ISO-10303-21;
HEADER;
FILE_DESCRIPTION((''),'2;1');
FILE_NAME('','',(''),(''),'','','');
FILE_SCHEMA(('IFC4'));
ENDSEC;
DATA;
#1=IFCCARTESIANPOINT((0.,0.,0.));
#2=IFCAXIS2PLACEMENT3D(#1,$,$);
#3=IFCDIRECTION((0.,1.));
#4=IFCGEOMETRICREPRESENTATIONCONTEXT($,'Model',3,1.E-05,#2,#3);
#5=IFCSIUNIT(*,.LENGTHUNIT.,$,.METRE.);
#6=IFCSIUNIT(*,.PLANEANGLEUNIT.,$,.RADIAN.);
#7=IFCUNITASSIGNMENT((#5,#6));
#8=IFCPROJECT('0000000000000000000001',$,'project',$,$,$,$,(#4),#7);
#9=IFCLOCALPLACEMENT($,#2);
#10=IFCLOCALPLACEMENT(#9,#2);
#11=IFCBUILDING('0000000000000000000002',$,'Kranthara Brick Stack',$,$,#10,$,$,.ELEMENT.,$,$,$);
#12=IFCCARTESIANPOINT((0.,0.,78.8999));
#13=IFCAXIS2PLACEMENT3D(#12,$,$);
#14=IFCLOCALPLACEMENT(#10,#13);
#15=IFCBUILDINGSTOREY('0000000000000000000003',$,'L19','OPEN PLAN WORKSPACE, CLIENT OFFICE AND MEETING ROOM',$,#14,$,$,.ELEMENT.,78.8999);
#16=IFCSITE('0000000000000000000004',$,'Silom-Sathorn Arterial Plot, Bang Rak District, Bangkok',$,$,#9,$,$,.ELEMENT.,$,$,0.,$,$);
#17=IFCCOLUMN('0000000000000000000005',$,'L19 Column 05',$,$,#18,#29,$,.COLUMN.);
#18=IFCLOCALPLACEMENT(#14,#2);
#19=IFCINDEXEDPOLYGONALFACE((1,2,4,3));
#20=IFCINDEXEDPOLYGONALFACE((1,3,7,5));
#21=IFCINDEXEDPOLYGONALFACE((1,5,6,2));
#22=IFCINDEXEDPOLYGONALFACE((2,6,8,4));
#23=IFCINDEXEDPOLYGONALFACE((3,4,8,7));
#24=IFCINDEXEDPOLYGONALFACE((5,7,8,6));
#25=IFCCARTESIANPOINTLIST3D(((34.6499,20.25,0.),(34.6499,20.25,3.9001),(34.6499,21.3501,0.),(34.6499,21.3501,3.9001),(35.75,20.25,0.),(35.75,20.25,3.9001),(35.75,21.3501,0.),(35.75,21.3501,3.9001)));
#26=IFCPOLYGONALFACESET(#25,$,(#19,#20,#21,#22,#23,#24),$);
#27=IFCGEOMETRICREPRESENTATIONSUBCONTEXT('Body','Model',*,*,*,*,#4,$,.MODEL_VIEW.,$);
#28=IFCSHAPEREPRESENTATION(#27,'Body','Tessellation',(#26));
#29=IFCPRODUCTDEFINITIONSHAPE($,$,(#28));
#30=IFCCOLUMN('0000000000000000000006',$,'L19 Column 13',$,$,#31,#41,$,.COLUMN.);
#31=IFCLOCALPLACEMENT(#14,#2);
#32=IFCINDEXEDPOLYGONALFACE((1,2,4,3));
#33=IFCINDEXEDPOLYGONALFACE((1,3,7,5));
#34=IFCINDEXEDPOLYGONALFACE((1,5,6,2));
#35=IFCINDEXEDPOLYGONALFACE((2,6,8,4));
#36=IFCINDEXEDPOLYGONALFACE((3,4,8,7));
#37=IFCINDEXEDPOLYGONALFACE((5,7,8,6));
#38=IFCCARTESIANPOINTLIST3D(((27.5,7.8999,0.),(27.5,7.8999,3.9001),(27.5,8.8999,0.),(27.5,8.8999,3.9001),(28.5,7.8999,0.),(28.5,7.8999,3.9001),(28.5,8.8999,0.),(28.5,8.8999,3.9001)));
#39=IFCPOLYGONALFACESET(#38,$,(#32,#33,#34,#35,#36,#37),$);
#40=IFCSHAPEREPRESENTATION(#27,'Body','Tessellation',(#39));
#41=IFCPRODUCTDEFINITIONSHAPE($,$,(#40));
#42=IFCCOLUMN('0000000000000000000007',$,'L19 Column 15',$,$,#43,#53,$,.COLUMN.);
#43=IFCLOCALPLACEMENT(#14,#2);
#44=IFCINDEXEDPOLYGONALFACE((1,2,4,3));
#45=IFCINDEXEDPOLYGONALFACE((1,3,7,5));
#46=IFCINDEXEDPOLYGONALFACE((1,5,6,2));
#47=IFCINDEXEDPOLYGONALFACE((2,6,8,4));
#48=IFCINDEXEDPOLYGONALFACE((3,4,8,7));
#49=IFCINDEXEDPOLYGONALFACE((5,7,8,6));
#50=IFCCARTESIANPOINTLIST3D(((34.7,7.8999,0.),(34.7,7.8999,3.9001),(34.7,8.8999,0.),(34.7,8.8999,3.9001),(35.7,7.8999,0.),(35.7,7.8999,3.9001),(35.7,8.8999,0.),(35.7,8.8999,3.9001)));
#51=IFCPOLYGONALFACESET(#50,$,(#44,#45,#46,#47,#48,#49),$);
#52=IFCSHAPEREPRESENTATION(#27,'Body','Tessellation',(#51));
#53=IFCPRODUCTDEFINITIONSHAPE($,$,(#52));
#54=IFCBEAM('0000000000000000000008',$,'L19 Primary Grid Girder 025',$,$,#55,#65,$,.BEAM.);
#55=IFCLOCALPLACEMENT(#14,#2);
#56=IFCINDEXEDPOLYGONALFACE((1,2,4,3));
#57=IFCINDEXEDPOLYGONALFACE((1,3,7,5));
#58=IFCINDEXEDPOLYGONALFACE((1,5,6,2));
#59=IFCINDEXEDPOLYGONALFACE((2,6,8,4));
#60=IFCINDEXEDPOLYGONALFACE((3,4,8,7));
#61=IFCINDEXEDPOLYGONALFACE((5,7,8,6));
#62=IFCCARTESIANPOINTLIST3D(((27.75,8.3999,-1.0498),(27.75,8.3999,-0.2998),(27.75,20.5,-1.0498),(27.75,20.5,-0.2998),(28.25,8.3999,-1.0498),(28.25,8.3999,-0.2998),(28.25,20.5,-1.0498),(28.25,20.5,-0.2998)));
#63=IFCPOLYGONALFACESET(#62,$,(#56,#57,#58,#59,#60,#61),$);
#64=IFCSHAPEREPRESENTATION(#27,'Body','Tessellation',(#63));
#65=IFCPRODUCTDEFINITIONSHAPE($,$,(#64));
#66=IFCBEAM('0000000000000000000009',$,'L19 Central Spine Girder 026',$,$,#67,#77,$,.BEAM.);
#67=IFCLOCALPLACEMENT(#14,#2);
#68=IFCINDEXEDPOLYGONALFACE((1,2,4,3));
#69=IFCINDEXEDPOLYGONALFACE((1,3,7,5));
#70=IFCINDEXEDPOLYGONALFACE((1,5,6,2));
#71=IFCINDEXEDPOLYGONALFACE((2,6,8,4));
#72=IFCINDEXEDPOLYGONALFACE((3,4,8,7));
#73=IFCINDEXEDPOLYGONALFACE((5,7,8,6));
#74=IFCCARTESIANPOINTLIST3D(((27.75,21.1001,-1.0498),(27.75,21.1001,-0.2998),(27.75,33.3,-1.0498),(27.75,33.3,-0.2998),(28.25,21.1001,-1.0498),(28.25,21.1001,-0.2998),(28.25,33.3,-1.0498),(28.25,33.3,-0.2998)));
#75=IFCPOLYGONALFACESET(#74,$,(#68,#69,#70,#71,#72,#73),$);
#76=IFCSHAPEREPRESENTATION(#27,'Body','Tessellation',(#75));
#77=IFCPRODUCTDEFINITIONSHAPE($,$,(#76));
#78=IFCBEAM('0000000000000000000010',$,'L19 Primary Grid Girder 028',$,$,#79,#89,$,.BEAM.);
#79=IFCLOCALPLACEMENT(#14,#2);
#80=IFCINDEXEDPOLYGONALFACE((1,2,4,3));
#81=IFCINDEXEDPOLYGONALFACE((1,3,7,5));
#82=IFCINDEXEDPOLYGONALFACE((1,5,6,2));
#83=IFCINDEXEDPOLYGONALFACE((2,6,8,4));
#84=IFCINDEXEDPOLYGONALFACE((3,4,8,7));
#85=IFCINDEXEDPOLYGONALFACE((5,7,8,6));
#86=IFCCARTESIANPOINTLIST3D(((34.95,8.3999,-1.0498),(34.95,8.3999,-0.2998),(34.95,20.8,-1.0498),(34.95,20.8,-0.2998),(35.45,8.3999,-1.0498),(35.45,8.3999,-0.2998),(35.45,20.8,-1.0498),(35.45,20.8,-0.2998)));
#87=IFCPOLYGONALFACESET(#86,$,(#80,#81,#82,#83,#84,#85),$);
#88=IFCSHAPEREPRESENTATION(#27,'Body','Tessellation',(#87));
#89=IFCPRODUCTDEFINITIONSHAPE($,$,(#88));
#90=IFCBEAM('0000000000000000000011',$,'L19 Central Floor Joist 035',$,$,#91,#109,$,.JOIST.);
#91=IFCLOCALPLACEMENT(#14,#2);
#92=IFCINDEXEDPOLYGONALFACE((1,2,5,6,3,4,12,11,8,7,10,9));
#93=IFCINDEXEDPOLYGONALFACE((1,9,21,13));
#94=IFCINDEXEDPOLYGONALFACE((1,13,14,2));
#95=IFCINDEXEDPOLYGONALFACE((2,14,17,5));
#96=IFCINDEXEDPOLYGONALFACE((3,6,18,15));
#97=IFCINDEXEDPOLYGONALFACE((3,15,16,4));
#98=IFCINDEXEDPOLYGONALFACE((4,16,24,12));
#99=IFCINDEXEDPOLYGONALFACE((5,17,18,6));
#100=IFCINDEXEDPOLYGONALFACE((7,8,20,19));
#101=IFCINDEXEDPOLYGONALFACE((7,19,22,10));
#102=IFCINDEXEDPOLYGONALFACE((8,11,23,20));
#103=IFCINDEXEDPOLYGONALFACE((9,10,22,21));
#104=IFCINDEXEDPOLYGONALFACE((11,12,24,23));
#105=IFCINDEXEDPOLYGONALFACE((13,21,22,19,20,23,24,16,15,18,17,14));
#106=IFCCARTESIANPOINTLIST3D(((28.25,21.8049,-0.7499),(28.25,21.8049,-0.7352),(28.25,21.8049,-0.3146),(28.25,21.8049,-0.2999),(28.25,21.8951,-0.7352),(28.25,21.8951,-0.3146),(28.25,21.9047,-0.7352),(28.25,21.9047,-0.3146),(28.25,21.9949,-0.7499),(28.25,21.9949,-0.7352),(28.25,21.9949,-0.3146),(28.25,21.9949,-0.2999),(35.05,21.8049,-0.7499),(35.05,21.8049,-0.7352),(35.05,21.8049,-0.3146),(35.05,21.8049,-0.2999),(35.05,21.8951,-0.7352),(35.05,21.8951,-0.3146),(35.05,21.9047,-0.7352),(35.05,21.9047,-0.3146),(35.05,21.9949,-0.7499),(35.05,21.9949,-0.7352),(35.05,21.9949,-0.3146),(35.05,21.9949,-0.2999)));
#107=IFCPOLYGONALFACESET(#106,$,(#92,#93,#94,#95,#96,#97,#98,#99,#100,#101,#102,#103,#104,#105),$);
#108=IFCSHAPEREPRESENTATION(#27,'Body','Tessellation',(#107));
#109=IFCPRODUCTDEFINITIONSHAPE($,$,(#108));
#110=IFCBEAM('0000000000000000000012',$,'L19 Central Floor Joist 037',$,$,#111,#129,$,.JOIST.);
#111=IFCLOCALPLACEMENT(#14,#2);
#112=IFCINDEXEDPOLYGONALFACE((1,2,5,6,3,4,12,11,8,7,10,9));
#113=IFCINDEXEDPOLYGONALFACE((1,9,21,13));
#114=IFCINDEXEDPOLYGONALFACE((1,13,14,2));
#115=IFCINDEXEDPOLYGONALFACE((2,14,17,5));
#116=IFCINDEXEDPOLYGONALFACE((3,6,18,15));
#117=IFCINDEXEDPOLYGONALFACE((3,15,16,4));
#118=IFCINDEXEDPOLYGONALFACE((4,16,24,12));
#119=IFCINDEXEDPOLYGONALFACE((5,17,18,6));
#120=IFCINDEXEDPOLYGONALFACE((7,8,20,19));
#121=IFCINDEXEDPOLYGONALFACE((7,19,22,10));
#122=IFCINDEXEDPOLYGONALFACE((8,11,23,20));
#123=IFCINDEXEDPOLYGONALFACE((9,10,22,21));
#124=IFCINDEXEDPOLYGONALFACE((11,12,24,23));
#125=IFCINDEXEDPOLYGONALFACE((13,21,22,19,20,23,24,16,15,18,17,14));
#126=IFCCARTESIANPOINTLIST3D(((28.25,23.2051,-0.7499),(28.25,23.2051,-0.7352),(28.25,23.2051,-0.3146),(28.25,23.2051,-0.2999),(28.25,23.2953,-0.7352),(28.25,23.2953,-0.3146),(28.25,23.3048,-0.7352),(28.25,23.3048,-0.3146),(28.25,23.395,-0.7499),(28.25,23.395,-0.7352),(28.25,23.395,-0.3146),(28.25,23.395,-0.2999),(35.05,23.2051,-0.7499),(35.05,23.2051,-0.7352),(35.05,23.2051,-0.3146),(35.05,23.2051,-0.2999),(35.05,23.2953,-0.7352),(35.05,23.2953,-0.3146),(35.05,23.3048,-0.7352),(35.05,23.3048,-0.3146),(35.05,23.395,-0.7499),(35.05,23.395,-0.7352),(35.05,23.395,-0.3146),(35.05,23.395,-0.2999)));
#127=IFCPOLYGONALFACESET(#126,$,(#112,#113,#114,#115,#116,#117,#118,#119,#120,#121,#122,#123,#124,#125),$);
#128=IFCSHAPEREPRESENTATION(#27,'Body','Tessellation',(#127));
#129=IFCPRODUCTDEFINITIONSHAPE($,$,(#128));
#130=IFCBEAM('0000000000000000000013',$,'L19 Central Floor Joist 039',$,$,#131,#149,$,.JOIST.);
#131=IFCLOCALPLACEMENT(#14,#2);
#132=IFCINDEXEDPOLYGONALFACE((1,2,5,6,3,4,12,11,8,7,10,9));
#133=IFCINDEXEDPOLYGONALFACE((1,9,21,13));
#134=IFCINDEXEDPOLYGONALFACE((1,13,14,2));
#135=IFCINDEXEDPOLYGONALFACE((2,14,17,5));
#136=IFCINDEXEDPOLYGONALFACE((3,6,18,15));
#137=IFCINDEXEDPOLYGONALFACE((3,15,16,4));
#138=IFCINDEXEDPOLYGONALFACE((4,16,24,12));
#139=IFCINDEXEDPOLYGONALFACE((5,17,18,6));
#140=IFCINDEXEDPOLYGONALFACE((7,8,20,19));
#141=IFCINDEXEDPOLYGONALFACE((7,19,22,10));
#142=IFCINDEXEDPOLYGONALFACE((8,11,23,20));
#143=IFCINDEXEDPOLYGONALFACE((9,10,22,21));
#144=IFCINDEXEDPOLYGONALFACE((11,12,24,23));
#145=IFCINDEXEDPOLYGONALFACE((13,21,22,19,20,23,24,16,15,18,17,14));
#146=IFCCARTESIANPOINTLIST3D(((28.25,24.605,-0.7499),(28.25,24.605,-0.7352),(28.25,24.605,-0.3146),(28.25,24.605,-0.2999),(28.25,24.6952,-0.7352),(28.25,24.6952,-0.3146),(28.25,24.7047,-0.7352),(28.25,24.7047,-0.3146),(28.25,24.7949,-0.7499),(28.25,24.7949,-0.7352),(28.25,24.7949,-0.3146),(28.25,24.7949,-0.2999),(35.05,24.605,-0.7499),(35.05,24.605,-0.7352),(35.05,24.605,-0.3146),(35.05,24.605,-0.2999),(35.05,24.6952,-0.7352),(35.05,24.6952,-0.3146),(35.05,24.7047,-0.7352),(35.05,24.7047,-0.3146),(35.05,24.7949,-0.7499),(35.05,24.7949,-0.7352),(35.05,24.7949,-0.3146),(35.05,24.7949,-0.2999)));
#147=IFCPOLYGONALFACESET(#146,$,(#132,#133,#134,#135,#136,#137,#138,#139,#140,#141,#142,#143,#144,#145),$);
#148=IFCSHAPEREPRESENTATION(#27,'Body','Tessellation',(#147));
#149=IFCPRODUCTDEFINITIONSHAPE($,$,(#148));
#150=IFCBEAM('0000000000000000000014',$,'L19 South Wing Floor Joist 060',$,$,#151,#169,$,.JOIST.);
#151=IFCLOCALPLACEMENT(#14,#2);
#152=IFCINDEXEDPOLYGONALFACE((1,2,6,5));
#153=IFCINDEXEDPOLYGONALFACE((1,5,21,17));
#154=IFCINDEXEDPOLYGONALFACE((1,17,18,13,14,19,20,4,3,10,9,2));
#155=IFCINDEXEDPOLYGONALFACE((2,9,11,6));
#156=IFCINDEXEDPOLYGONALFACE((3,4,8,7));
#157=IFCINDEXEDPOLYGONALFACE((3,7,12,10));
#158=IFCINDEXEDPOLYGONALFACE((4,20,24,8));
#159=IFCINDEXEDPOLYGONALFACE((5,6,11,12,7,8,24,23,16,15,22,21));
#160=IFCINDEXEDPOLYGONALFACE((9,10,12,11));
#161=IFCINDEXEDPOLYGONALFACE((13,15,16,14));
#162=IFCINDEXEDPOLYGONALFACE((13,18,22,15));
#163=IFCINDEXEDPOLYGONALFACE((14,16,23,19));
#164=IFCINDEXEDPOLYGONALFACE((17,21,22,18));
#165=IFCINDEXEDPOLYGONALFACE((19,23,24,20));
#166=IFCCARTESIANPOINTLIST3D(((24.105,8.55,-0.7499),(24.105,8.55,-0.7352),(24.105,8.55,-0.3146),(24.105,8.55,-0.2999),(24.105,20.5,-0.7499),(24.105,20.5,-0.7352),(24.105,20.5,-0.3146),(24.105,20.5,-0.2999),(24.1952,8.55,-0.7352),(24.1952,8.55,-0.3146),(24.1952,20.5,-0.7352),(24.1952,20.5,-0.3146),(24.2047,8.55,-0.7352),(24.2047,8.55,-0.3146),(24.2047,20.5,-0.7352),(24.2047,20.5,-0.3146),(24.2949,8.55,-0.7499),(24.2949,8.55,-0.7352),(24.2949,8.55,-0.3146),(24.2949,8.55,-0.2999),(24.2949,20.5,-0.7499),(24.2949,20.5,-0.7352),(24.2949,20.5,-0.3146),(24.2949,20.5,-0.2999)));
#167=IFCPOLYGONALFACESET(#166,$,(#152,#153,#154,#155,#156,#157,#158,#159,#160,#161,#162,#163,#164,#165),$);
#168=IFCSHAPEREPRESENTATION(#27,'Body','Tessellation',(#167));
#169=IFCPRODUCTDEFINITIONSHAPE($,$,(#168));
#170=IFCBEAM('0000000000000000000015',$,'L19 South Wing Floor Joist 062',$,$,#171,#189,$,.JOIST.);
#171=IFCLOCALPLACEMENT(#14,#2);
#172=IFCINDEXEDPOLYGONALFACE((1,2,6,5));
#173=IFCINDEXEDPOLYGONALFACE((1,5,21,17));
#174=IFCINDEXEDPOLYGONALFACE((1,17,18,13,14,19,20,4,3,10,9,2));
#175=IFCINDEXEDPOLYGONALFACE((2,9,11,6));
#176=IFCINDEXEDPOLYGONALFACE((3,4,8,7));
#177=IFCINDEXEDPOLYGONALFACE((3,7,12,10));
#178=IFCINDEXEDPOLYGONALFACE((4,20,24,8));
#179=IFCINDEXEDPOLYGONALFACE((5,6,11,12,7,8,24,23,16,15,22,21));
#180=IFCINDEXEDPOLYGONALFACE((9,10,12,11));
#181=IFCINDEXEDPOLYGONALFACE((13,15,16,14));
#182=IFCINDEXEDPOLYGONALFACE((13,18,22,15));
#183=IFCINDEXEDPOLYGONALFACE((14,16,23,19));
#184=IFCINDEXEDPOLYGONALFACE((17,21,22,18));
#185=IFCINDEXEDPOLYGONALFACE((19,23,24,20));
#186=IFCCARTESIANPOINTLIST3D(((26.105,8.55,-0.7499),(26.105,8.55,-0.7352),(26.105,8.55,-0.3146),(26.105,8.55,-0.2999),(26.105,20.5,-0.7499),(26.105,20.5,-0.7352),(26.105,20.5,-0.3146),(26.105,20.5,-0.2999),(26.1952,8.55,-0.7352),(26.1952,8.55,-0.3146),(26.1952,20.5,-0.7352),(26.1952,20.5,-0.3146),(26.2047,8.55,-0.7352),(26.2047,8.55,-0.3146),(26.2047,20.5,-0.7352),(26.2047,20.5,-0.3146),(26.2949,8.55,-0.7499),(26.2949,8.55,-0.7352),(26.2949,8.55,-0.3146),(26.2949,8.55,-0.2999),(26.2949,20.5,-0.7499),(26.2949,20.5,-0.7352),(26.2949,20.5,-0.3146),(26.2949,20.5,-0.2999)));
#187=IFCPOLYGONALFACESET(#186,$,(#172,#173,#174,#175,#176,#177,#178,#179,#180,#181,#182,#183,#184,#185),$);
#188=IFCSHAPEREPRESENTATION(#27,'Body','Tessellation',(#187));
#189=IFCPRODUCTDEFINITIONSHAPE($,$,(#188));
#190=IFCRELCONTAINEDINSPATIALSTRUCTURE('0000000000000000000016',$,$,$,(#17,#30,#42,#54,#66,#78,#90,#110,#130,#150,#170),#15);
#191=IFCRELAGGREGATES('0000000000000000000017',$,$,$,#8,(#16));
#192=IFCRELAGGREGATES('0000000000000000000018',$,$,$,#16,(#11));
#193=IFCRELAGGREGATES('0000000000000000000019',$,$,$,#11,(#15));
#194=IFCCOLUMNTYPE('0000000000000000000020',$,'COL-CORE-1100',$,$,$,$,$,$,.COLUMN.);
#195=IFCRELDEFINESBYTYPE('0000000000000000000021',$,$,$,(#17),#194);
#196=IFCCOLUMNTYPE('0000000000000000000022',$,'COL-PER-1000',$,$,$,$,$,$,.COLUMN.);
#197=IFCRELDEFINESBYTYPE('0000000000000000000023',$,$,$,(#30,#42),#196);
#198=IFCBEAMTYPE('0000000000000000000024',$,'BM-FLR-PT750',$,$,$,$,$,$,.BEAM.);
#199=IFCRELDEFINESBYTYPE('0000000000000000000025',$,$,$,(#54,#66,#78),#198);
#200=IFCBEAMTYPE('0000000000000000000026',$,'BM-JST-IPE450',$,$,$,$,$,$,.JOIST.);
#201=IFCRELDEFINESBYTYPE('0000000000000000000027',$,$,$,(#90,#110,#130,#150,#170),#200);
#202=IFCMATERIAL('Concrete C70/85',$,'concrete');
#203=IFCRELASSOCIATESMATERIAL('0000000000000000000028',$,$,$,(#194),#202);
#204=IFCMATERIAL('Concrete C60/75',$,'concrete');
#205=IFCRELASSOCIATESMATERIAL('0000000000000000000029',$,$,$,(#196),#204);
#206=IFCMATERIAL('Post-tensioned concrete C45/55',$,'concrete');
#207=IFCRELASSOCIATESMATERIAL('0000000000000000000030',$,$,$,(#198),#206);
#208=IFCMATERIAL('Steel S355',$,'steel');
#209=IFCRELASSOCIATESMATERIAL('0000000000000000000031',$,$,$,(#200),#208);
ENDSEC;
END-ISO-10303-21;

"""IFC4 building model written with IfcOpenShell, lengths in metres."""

from ifc_helpers import new_model, si_unit, direction, frame, origin, origin_2d, place, context, subcontext, project, spatial, rectangle, i_section, extrude, material, material_profile, profile_set, type_object, element, save


model = new_model("IFC4")

# Units and contexts
model_context = context("Model", 3, precision=1e-05, world=origin(), true_north=direction((0.0, 1.0)))
body_context = subcontext(model_context, "Body", "Model", "MODEL_VIEW")
ifc_project = project(units=[si_unit("LENGTHUNIT", "METRE"), si_unit("PLANEANGLEUNIT", "RADIAN")], contexts=[model_context])

# Site, building, storey
site_placement = place(None, origin())
site = spatial("IfcSite", under=ifc_project, at=site_placement, Name="Silom-Sathorn Arterial Plot, Bang Rak District, Bangkok", CompositionType="ELEMENT", RefElevation=0.0)
building_placement = place(site_placement, origin())
building = spatial("IfcBuilding", under=site, at=building_placement, Name="Kranthara Brick Stack", CompositionType="ELEMENT")
storey_placement = place(building_placement, frame((0.0, 0.0, 78.8999)))
storey = spatial("IfcBuildingStorey", under=building, at=storey_placement, Name="L19", Description="OPEN PLAN WORKSPACE, CLIENT OFFICE AND MEETING ROOM", CompositionType="ELEMENT", Elevation=78.8999)

# Columns
ifc_material_1 = material(Name="Concrete C70/85", Category="concrete")
ifc_material_profile_1 = material_profile(ifc_material_1, rectangle(XDim=1.1001, YDim=1.1001, at=origin_2d()), Name="RC 1100x1100")
ifc_profile_set_1 = profile_set([ifc_material_profile_1], Name="Concrete C70/85")
column_type_1 = type_object("IfcColumnType", Name="COL-CORE-1100", PredefinedType="COLUMN", material=ifc_profile_set_1)
column_placement = place(storey_placement, frame((35.2, 20.8, 0.0), z_axis=(0.0, 0.0, 1.0), x_axis=(1.0, 0.0, 0.0)))
element("IfcColumn", 1, at=column_placement, inside=storey, type_object=column_type_1, Name="L19 Column 05", PredefinedType="COLUMN", context=body_context, shape_type="SweptSolid", body=[
    extrude(rectangle(XDim=1.1001, YDim=1.1001, at=origin_2d()), origin(), (0.0, 0.0, 1.0), 3.9001),
])
ifc_material_2 = material(Name="Concrete C60/75", Category="concrete")
ifc_material_profile_2 = material_profile(ifc_material_2, rectangle(XDim=1.0, YDim=1.0, at=origin_2d()), Name="RC 1000x1000")
ifc_profile_set_2 = profile_set([ifc_material_profile_2], Name="Concrete C60/75")
column_type_2 = type_object("IfcColumnType", Name="COL-PER-1000", PredefinedType="COLUMN", material=ifc_profile_set_2)
for number, where, z_axis, x_axis, name in (
    (2, (28.0, 8.3999, 0.0), (0.0, 0.0, 1.0), (1.0, 0.0, 0.0), "L19 Column 13"),
    (3, (35.2, 8.3999, 0.0), (0.0, 0.0, 1.0), (1.0, 0.0, 0.0), "L19 Column 15"),
):
    element("IfcColumn", number, at=place(storey_placement, frame(where, z_axis=z_axis, x_axis=x_axis)), inside=storey, type_object=column_type_2, Name=name, PredefinedType="COLUMN", context=body_context, shape_type="SweptSolid", body=[
        extrude(rectangle(XDim=1.0, YDim=1.0, at=origin_2d()), origin(), (0.0, 0.0, 1.0), 3.9001),
    ])

# Beams
ifc_material_3 = material(Name="Post-tensioned concrete C45/55", Category="concrete")
ifc_material_profile_3 = material_profile(ifc_material_3, rectangle(XDim=0.5, YDim=0.75, at=origin_2d()), Name="PT 500x750")
ifc_profile_set_3 = profile_set([ifc_material_profile_3], Name="Post-tensioned concrete C45/55")
beam_type_1 = type_object("IfcBeamType", Name="BM-FLR-PT750", PredefinedType="BEAM", material=ifc_profile_set_3)
beam_1_placement = place(storey_placement, frame((28.0, 8.3999, -0.6748), z_axis=(0.0, 1.0, 0.0), x_axis=(-1.0, 0.0, 0.0)))
element("IfcBeam", 4, at=beam_1_placement, inside=storey, type_object=beam_type_1, Name="L19 Primary Grid Girder 025", PredefinedType="BEAM", context=body_context, shape_type="SweptSolid", body=[
    extrude(rectangle(XDim=0.5, YDim=0.75, at=origin_2d()), origin(), (0.0, 0.0, 1.0), 12.1001),
])
beam_2_placement = place(storey_placement, frame((28.0, 21.1001, -0.6748), z_axis=(0.0, 1.0, 0.0), x_axis=(-1.0, 0.0, 0.0)))
element("IfcBeam", 5, at=beam_2_placement, inside=storey, type_object=beam_type_1, Name="L19 Central Spine Girder 026", PredefinedType="BEAM", context=body_context, shape_type="SweptSolid", body=[
    extrude(rectangle(XDim=0.5, YDim=0.75, at=origin_2d()), origin(), (0.0, 0.0, 1.0), 12.2),
])
beam_3_placement = place(storey_placement, frame((35.2, 8.3999, -0.6748), z_axis=(0.0, 1.0, 0.0), x_axis=(-1.0, 0.0, 0.0)))
element("IfcBeam", 6, at=beam_3_placement, inside=storey, type_object=beam_type_1, Name="L19 Primary Grid Girder 028", PredefinedType="BEAM", context=body_context, shape_type="SweptSolid", body=[
    extrude(rectangle(XDim=0.5, YDim=0.75, at=origin_2d()), origin(), (0.0, 0.0, 1.0), 12.4001),
])
ifc_material_4 = material(Name="Steel S355", Category="steel")
ifc_material_profile_4 = material_profile(ifc_material_4, i_section(OverallWidth=0.1899, OverallDepth=0.45, WebThickness=0.0095, FlangeThickness=0.0146, at=origin_2d()), Name="IPE 450")
ifc_profile_set_4 = profile_set([ifc_material_profile_4], Name="Steel S355")
beam_type_2 = type_object("IfcBeamType", Name="BM-JST-IPE450", PredefinedType="JOIST", material=ifc_profile_set_4)
for number, where, z_axis, x_axis, name in (
    (7, (28.25, 21.8999, -0.5249), (1.0, 0.0, 0.0), (0.0, 1.0, 0.0), "L19 Central Floor Joist 035"),
    (8, (28.25, 23.3, -0.5249), (1.0, 0.0, 0.0), (0.0, 1.0, 0.0), "L19 Central Floor Joist 037"),
    (9, (28.25, 24.7, -0.5249), (1.0, 0.0, 0.0), (0.0, 1.0, 0.0), "L19 Central Floor Joist 039"),
):
    element("IfcBeam", number, at=place(storey_placement, frame(where, z_axis=z_axis, x_axis=x_axis)), inside=storey, type_object=beam_type_2, Name=name, PredefinedType="JOIST", context=body_context, shape_type="SweptSolid", body=[
        extrude(i_section(OverallWidth=0.1899, OverallDepth=0.45, WebThickness=0.0095, FlangeThickness=0.0146, at=origin_2d()), origin(), (0.0, 0.0, 1.0), 6.8),
    ])
for number, where, z_axis, x_axis, name in (
    (10, (24.2, 8.55, -0.5249), (0.0, 1.0, 0.0), (-1.0, 0.0, 0.0), "L19 South Wing Floor Joist 060"),
    (11, (26.2, 8.55, -0.5249), (0.0, 1.0, 0.0), (-1.0, 0.0, 0.0), "L19 South Wing Floor Joist 062"),
):
    element("IfcBeam", number, at=place(storey_placement, frame(where, z_axis=z_axis, x_axis=x_axis)), inside=storey, type_object=beam_type_2, Name=name, PredefinedType="JOIST", context=body_context, shape_type="SweptSolid", body=[
        extrude(i_section(OverallWidth=0.1899, OverallDepth=0.45, WebThickness=0.0095, FlangeThickness=0.0146, at=origin_2d()), origin(), (0.0, 0.0, 1.0), 11.95),
    ])

save(model, "model.ifc")
